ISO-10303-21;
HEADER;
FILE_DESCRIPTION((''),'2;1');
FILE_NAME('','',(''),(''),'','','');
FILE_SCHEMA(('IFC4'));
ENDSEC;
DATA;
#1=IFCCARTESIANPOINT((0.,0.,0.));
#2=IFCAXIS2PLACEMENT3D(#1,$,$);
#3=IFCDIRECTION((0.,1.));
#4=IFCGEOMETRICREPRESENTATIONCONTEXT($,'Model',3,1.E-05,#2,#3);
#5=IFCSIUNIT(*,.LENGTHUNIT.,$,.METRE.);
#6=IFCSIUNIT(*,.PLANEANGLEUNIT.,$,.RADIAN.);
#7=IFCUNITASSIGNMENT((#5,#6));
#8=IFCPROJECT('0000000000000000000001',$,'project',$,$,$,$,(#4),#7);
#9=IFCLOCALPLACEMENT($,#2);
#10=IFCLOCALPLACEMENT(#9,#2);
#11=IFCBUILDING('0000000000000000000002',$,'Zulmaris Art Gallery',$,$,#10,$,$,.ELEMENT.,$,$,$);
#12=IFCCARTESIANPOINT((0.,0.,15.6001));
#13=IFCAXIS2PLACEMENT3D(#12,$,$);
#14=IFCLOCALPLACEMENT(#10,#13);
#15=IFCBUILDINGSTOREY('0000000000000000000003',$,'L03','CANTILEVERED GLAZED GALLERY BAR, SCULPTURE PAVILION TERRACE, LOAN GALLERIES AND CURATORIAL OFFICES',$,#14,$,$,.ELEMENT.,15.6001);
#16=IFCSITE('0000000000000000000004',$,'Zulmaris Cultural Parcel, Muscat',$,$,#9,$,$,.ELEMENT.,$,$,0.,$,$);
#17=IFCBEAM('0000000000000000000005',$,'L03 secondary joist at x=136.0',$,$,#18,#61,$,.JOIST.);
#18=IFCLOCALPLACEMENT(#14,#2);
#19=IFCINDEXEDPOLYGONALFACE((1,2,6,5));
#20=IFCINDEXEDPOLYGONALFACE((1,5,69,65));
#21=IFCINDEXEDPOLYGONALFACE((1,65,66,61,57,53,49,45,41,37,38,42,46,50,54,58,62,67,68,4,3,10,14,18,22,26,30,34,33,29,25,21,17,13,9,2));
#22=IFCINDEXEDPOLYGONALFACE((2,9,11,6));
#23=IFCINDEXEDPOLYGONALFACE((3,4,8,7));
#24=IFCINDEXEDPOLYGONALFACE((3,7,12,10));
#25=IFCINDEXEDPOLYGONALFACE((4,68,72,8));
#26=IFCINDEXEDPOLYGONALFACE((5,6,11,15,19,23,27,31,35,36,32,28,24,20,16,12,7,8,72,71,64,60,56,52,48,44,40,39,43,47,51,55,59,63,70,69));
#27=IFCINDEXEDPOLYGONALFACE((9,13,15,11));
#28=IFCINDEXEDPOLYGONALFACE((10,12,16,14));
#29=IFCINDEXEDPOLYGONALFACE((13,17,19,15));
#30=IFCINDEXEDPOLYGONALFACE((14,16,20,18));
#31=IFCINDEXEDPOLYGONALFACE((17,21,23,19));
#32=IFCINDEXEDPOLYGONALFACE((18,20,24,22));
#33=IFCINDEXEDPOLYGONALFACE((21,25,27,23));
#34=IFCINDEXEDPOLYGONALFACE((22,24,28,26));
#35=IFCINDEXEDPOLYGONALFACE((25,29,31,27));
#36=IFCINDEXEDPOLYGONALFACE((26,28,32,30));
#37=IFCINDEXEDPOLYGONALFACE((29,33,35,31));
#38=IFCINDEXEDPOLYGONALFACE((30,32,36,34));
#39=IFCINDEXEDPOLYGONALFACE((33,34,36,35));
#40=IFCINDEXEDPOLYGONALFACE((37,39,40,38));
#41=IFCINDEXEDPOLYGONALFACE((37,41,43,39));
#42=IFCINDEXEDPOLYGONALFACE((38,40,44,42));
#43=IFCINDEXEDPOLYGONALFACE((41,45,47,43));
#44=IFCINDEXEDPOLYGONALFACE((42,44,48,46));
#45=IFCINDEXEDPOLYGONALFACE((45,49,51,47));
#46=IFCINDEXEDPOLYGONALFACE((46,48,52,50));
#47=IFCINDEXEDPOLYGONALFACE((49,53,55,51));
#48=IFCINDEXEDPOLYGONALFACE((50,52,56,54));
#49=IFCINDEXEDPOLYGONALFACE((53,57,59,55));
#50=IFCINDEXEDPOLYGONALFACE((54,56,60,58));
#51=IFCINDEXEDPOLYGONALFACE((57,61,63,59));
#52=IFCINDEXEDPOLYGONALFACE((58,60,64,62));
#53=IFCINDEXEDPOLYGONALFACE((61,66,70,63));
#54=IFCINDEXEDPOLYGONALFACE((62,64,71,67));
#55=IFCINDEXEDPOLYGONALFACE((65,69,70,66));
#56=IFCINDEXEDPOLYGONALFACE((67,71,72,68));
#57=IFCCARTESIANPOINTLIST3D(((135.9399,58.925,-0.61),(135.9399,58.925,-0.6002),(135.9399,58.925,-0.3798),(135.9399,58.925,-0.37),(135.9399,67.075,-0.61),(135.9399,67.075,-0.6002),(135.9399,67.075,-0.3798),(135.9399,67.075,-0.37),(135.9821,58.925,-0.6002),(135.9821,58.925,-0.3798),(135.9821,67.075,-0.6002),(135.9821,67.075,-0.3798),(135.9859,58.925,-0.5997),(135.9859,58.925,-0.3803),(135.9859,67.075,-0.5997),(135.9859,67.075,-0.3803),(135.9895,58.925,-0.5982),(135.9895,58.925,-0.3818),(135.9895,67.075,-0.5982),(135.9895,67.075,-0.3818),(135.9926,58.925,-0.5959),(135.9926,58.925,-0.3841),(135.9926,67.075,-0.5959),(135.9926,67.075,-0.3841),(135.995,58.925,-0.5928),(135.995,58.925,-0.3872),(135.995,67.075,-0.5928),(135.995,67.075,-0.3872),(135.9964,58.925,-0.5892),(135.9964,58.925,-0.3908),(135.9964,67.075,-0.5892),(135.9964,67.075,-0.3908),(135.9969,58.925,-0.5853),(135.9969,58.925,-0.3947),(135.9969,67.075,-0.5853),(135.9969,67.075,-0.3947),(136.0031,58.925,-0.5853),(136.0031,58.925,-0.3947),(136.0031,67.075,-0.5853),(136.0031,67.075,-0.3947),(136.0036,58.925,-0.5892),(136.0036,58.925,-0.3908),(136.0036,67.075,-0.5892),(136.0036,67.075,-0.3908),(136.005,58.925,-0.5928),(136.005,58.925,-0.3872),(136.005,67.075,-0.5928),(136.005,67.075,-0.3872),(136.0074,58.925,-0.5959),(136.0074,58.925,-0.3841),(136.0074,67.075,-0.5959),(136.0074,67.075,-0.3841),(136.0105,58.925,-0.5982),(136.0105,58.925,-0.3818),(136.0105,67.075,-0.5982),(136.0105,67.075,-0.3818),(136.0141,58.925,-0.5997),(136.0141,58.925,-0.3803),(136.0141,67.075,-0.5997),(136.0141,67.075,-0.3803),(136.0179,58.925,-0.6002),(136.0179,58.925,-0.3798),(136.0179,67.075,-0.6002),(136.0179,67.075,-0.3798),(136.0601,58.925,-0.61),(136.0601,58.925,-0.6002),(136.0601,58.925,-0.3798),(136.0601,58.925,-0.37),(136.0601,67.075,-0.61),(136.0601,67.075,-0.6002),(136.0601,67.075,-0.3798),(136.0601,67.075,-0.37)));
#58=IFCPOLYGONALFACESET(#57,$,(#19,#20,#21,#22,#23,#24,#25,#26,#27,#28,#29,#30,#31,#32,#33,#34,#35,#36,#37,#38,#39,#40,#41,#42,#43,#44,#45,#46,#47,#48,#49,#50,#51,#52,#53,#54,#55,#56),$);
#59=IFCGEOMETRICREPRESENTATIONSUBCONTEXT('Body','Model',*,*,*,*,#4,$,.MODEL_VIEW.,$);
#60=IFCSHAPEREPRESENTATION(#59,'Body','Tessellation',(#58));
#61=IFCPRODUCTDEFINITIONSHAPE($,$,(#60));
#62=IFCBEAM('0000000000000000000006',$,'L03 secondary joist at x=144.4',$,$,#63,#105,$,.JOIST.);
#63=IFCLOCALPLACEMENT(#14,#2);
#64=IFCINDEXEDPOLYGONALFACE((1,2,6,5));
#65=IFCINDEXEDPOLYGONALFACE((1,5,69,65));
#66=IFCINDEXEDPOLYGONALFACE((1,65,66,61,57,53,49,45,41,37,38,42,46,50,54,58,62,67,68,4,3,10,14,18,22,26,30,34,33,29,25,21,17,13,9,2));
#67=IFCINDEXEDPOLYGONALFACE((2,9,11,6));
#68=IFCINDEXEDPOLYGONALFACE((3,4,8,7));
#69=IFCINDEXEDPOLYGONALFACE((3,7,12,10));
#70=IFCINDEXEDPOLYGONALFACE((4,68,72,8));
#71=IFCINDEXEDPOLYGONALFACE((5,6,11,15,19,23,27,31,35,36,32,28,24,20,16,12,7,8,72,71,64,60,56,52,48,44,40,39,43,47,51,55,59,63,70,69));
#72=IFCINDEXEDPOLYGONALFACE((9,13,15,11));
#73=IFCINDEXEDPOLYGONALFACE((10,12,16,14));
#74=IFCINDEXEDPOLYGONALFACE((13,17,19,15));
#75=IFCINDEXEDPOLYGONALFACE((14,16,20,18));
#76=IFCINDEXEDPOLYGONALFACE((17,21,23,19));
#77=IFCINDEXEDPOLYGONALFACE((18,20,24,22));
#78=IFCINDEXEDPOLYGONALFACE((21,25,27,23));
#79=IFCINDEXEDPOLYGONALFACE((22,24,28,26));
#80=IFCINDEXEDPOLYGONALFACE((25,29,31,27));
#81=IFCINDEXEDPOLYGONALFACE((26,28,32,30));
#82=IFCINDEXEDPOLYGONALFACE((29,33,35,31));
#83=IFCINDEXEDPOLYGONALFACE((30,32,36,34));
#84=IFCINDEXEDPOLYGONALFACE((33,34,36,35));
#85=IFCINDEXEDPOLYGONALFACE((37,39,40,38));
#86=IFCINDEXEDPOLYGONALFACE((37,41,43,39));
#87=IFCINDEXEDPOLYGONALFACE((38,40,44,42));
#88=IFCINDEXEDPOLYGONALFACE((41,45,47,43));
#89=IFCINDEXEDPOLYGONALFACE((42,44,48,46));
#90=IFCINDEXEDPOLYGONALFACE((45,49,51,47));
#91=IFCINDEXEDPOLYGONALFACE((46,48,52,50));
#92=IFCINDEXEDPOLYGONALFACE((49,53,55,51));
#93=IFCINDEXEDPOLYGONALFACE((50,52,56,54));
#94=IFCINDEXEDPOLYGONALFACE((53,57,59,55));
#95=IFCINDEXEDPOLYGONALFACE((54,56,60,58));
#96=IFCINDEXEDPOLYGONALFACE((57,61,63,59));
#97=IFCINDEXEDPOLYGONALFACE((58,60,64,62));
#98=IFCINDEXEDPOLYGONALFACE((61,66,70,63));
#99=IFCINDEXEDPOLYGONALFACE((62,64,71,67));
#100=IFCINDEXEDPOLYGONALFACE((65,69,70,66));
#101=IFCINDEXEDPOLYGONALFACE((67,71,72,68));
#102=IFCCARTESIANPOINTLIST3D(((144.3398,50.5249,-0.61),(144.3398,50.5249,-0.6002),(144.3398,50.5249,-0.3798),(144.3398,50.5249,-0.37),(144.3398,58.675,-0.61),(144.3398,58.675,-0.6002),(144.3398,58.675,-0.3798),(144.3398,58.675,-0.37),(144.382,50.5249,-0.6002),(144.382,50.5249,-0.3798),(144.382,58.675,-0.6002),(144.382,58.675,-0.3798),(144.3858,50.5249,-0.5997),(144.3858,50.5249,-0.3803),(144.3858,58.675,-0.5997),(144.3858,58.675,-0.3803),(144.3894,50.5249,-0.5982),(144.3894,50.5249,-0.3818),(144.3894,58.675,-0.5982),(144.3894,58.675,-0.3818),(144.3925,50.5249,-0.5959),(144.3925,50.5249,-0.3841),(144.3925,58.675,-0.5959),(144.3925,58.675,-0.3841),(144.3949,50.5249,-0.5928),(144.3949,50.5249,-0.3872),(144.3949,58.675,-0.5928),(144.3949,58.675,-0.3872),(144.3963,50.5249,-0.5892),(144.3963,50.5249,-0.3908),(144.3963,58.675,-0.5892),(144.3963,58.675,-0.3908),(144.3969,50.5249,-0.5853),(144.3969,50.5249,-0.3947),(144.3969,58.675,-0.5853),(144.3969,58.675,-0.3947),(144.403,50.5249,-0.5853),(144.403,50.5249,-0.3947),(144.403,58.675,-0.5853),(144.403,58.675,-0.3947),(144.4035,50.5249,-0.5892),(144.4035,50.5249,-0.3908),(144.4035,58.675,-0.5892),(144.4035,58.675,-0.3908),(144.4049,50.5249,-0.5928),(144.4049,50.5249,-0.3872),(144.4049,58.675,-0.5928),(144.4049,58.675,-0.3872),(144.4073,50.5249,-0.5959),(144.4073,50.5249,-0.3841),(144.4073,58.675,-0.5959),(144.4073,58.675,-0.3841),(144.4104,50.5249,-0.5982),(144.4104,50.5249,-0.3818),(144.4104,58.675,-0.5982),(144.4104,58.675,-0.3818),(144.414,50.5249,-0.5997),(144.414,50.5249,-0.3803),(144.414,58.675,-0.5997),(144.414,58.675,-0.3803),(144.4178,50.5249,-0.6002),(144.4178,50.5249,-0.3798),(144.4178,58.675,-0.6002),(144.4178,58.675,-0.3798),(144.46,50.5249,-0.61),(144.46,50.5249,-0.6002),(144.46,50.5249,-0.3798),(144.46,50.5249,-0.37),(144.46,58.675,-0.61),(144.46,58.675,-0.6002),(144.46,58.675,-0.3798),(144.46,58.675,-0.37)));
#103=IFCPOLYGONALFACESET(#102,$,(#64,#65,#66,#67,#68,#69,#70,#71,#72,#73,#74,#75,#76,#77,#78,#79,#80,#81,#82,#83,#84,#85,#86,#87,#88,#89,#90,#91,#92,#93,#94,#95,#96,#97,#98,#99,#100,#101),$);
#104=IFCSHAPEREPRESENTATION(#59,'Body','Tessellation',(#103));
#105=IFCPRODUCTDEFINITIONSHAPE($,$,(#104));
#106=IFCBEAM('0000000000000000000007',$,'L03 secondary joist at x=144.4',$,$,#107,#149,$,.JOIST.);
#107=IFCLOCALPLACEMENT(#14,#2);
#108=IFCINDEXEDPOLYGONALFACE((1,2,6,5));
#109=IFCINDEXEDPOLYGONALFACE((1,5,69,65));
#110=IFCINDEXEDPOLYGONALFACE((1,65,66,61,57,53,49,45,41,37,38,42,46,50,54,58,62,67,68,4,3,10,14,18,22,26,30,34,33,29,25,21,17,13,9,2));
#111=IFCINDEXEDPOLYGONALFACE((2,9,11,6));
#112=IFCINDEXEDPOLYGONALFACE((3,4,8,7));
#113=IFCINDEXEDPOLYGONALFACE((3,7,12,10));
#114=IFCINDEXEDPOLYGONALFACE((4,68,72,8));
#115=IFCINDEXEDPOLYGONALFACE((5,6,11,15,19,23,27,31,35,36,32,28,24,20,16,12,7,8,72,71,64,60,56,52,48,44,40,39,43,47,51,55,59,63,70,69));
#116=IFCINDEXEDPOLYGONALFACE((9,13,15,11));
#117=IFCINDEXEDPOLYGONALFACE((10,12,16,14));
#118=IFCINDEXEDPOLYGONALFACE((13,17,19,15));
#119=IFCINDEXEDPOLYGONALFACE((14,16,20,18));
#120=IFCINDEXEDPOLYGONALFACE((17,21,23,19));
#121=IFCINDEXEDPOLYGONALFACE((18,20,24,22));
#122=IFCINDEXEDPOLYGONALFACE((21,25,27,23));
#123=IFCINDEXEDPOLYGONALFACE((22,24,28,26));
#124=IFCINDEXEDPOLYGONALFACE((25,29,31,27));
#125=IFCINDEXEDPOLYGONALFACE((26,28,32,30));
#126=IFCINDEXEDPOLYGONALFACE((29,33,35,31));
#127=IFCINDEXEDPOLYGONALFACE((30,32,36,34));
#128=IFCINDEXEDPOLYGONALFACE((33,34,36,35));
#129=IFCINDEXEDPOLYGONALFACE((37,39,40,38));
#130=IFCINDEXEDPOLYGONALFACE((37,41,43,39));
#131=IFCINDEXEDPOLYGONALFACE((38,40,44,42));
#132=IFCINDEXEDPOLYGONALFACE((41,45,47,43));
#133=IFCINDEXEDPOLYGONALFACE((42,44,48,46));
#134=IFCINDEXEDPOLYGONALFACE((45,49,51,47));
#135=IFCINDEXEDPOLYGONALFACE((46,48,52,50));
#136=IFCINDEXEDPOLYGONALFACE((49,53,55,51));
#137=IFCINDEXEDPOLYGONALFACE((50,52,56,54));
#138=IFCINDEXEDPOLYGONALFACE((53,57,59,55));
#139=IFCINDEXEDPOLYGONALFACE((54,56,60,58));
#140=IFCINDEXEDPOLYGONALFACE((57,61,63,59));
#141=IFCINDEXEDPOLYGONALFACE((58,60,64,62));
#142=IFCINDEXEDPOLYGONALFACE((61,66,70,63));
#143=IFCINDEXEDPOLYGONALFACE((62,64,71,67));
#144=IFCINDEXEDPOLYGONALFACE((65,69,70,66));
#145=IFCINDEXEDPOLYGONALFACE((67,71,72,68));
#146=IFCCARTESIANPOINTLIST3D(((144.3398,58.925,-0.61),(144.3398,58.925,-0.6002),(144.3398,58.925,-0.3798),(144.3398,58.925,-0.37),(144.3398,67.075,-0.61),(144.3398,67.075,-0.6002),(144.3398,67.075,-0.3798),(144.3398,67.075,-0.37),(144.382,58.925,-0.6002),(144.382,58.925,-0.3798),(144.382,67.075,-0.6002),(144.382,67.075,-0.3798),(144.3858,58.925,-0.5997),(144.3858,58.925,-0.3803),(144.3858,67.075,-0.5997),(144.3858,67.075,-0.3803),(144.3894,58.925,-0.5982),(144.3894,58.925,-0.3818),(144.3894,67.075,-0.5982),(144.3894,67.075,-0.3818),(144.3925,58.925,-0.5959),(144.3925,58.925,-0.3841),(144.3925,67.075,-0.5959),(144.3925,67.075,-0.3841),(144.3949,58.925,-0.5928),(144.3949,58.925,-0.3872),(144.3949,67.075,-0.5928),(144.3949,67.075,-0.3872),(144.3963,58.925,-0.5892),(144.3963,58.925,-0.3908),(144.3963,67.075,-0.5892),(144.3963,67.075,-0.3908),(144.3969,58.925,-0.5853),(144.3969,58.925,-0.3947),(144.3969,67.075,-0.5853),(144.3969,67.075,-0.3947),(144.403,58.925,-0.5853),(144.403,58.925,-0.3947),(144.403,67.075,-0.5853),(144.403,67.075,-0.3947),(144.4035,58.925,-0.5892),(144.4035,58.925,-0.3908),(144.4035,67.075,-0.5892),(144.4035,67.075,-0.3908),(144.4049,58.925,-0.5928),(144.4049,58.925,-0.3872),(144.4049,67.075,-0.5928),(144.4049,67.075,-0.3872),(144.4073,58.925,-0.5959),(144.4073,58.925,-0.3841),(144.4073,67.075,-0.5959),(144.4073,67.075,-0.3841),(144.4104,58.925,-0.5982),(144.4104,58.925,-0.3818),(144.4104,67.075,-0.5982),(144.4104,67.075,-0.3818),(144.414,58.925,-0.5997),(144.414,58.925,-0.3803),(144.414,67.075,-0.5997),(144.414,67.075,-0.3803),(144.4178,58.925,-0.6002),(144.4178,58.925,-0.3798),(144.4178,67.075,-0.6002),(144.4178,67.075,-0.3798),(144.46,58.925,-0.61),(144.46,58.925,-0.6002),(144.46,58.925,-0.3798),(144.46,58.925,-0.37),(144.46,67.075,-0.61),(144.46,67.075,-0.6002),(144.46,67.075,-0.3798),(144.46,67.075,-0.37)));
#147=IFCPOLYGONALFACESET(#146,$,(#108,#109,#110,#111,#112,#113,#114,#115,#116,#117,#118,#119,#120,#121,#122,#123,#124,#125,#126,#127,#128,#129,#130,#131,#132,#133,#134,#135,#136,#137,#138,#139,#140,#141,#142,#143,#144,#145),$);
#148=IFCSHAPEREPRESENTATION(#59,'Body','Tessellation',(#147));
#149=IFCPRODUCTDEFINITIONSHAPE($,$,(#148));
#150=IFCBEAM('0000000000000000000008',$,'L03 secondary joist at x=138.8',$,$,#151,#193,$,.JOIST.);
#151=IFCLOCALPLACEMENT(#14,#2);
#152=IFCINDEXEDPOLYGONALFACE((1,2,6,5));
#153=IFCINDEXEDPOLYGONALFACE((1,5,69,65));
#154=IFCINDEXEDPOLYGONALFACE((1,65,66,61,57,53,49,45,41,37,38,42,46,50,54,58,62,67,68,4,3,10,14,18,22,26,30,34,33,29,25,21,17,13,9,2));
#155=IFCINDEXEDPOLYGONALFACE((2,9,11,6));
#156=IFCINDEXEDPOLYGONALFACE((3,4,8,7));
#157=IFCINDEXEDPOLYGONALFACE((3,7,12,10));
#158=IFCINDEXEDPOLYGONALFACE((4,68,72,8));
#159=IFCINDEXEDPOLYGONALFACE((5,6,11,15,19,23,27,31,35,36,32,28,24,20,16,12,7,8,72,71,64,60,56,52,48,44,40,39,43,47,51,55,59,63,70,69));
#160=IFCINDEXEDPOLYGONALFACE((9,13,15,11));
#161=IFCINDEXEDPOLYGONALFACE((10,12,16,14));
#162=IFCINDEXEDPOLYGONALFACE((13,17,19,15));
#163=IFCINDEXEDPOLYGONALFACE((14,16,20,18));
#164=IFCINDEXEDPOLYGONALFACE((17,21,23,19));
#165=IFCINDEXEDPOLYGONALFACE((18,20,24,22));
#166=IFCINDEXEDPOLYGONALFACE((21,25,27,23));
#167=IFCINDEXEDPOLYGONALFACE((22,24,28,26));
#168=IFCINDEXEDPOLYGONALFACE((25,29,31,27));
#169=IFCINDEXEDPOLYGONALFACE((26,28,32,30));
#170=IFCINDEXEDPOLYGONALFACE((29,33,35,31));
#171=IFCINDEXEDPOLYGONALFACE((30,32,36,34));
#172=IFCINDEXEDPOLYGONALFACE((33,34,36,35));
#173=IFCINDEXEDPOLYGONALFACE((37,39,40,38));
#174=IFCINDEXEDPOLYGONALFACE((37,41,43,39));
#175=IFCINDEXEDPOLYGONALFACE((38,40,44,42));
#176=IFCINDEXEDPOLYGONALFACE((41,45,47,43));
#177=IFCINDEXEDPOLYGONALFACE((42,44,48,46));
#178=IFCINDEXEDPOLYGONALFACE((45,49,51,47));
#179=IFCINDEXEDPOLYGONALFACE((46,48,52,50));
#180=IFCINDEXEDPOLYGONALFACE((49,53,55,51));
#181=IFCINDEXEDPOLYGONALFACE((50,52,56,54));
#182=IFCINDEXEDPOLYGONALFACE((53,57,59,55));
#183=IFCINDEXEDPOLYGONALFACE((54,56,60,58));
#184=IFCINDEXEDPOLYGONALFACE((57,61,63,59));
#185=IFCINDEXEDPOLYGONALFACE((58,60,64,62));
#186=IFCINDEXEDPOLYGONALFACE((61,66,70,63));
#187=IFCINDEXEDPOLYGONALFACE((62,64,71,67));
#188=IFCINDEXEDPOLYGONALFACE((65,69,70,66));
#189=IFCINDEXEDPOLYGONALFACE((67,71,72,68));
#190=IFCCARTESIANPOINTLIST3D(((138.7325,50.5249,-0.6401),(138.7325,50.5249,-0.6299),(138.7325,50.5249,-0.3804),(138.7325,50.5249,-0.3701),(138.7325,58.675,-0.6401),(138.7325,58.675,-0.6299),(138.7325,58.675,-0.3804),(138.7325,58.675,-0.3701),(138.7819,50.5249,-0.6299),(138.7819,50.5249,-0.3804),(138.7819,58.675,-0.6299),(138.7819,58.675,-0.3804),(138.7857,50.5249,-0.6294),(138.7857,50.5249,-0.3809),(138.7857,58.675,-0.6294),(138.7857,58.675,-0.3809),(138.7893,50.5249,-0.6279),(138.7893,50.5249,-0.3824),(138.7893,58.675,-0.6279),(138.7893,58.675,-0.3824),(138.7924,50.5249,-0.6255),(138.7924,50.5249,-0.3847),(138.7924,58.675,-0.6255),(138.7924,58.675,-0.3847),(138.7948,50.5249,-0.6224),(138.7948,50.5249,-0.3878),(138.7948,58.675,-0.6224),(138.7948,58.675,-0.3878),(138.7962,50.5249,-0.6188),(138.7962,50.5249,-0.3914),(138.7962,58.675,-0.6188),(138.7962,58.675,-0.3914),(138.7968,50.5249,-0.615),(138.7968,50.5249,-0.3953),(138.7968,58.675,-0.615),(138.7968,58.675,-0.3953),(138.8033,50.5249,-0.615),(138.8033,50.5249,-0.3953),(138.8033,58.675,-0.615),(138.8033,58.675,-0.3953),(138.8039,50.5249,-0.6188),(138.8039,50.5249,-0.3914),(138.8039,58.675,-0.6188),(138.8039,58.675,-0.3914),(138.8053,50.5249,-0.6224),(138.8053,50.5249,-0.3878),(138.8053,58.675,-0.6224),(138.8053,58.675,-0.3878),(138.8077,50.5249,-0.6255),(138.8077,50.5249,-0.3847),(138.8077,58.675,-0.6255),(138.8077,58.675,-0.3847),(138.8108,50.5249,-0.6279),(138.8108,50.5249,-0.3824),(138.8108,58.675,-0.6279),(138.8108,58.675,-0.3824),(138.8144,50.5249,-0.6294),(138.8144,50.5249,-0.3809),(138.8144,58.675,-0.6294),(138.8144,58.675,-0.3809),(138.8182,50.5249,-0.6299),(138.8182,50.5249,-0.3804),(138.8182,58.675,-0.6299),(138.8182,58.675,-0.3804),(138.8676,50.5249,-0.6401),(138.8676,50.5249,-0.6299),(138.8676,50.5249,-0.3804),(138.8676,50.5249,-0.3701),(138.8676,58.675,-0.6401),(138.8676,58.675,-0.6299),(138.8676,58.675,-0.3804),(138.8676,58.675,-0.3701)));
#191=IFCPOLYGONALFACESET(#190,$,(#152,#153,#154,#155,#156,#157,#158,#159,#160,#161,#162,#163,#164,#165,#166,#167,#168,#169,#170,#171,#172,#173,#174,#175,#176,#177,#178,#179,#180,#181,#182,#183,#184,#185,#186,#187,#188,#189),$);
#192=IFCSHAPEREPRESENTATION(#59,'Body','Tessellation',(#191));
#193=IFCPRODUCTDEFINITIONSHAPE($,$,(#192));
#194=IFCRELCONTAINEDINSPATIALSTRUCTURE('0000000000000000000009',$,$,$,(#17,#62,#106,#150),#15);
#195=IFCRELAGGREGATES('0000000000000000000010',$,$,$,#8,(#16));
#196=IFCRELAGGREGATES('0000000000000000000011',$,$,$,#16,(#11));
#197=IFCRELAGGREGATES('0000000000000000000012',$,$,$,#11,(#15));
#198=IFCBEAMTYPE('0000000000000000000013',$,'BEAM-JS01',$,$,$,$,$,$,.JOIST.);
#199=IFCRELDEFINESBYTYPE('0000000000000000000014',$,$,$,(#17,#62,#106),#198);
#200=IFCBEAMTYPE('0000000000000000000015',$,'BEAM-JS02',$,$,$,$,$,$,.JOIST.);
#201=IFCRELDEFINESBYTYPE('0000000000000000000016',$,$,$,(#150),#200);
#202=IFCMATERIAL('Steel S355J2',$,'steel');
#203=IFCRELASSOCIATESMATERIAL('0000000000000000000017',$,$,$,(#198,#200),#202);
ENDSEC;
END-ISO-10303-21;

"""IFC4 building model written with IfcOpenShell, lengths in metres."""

from ifc_helpers import new_model, si_unit, direction, frame, origin, origin_2d, place, context, subcontext, project, spatial, i_section, extrude, material, material_profile, profile_set, type_object, element, save


model = new_model("IFC4")

# Units and contexts
model_context = context("Model", 3, precision=1e-05, world=origin(), true_north=direction((0.0, 1.0)))
body_context = subcontext(model_context, "Body", "Model", "MODEL_VIEW")
ifc_project = project(units=[si_unit("LENGTHUNIT", "METRE"), si_unit("PLANEANGLEUNIT", "RADIAN")], contexts=[model_context])

# Site, building, storey
site_placement = place(None, origin())
site = spatial("IfcSite", under=ifc_project, at=site_placement, Name="Zulmaris Cultural Parcel, Muscat", CompositionType="ELEMENT", RefElevation=0.0)
building_placement = place(site_placement, origin())
building = spatial("IfcBuilding", under=site, at=building_placement, Name="Zulmaris Art Gallery", CompositionType="ELEMENT")
storey_placement = place(building_placement, frame((0.0, 0.0, 15.6001)))
storey = spatial("IfcBuildingStorey", under=building, at=storey_placement, Name="L03", Description="CANTILEVERED GLAZED GALLERY BAR, SCULPTURE PAVILION TERRACE, LOAN GALLERIES AND CURATORIAL OFFICES", CompositionType="ELEMENT", Elevation=15.6001)

# Beams
ifc_material_1 = material(Name="Steel S355J2", Category="steel")
ifc_material_profile_1 = material_profile(ifc_material_1, i_section(OverallWidth=0.1201, OverallDepth=0.24, WebThickness=0.0061, FlangeThickness=0.0098, FilletRadius=0.0149, at=origin_2d()), Name="IPE 240")
ifc_profile_set_1 = profile_set([ifc_material_profile_1], Name="Steel S355J2")
beam_type_1 = type_object("IfcBeamType", Name="BEAM-JS01", PredefinedType="JOIST", material=ifc_profile_set_1)
beam_1_placement = place(storey_placement, frame((136.0, 58.925, -0.49), z_axis=(0.0, 1.0, 0.0), x_axis=(-1.0, 0.0, 0.0)))
element("IfcBeam", 1, at=beam_1_placement, inside=storey, type_object=beam_type_1, Name="L03 secondary joist at x=136.0", PredefinedType="JOIST", context=body_context, shape_type="SweptSolid", body=[
    extrude(i_section(OverallWidth=0.1201, OverallDepth=0.24, WebThickness=0.0061, FlangeThickness=0.0098, FilletRadius=0.0149, at=origin_2d()), origin(), (0.0, 0.0, 1.0), 8.1499),
])
beam_2_placement = place(storey_placement, frame((144.3999, 50.5249, -0.49), z_axis=(0.0, 1.0, 0.0), x_axis=(-1.0, 0.0, 0.0)))
element("IfcBeam", 2, at=beam_2_placement, inside=storey, type_object=beam_type_1, Name="L03 secondary joist at x=144.4", PredefinedType="JOIST", context=body_context, shape_type="SweptSolid", body=[
    extrude(i_section(OverallWidth=0.1201, OverallDepth=0.24, WebThickness=0.0061, FlangeThickness=0.0098, FilletRadius=0.0149, at=origin_2d()), origin(), (0.0, 0.0, 1.0), 8.1501),
])
beam_3_placement = place(storey_placement, frame((144.3999, 58.925, -0.49), z_axis=(0.0, 1.0, 0.0), x_axis=(-1.0, 0.0, 0.0)))
element("IfcBeam", 3, at=beam_3_placement, inside=storey, type_object=beam_type_1, Name="L03 secondary joist at x=144.4", PredefinedType="JOIST", context=body_context, shape_type="SweptSolid", body=[
    extrude(i_section(OverallWidth=0.1201, OverallDepth=0.24, WebThickness=0.0061, FlangeThickness=0.0098, FilletRadius=0.0149, at=origin_2d()), origin(), (0.0, 0.0, 1.0), 8.1499),
])
ifc_material_profile_2 = material_profile(ifc_material_1, i_section(OverallWidth=0.135, OverallDepth=0.27, WebThickness=0.0066, FlangeThickness=0.0103, FilletRadius=0.0149, at=origin_2d()), Name="IPE 270")
ifc_profile_set_2 = profile_set([ifc_material_profile_2], Name="Steel S355J2")
beam_type_2 = type_object("IfcBeamType", Name="BEAM-JS02", PredefinedType="JOIST", material=ifc_profile_set_2)
beam_4_placement = place(storey_placement, frame((138.8, 50.5249, -0.5051), z_axis=(0.0, 1.0, 0.0), x_axis=(-1.0, 0.0, 0.0)))
element("IfcBeam", 4, at=beam_4_placement, inside=storey, type_object=beam_type_2, Name="L03 secondary joist at x=138.8", PredefinedType="JOIST", context=body_context, shape_type="SweptSolid", body=[
    extrude(i_section(OverallWidth=0.135, OverallDepth=0.27, WebThickness=0.0066, FlangeThickness=0.0103, FilletRadius=0.0149, at=origin_2d()), origin(), (0.0, 0.0, 1.0), 8.1501),
])

save(model, "model.ifc")
